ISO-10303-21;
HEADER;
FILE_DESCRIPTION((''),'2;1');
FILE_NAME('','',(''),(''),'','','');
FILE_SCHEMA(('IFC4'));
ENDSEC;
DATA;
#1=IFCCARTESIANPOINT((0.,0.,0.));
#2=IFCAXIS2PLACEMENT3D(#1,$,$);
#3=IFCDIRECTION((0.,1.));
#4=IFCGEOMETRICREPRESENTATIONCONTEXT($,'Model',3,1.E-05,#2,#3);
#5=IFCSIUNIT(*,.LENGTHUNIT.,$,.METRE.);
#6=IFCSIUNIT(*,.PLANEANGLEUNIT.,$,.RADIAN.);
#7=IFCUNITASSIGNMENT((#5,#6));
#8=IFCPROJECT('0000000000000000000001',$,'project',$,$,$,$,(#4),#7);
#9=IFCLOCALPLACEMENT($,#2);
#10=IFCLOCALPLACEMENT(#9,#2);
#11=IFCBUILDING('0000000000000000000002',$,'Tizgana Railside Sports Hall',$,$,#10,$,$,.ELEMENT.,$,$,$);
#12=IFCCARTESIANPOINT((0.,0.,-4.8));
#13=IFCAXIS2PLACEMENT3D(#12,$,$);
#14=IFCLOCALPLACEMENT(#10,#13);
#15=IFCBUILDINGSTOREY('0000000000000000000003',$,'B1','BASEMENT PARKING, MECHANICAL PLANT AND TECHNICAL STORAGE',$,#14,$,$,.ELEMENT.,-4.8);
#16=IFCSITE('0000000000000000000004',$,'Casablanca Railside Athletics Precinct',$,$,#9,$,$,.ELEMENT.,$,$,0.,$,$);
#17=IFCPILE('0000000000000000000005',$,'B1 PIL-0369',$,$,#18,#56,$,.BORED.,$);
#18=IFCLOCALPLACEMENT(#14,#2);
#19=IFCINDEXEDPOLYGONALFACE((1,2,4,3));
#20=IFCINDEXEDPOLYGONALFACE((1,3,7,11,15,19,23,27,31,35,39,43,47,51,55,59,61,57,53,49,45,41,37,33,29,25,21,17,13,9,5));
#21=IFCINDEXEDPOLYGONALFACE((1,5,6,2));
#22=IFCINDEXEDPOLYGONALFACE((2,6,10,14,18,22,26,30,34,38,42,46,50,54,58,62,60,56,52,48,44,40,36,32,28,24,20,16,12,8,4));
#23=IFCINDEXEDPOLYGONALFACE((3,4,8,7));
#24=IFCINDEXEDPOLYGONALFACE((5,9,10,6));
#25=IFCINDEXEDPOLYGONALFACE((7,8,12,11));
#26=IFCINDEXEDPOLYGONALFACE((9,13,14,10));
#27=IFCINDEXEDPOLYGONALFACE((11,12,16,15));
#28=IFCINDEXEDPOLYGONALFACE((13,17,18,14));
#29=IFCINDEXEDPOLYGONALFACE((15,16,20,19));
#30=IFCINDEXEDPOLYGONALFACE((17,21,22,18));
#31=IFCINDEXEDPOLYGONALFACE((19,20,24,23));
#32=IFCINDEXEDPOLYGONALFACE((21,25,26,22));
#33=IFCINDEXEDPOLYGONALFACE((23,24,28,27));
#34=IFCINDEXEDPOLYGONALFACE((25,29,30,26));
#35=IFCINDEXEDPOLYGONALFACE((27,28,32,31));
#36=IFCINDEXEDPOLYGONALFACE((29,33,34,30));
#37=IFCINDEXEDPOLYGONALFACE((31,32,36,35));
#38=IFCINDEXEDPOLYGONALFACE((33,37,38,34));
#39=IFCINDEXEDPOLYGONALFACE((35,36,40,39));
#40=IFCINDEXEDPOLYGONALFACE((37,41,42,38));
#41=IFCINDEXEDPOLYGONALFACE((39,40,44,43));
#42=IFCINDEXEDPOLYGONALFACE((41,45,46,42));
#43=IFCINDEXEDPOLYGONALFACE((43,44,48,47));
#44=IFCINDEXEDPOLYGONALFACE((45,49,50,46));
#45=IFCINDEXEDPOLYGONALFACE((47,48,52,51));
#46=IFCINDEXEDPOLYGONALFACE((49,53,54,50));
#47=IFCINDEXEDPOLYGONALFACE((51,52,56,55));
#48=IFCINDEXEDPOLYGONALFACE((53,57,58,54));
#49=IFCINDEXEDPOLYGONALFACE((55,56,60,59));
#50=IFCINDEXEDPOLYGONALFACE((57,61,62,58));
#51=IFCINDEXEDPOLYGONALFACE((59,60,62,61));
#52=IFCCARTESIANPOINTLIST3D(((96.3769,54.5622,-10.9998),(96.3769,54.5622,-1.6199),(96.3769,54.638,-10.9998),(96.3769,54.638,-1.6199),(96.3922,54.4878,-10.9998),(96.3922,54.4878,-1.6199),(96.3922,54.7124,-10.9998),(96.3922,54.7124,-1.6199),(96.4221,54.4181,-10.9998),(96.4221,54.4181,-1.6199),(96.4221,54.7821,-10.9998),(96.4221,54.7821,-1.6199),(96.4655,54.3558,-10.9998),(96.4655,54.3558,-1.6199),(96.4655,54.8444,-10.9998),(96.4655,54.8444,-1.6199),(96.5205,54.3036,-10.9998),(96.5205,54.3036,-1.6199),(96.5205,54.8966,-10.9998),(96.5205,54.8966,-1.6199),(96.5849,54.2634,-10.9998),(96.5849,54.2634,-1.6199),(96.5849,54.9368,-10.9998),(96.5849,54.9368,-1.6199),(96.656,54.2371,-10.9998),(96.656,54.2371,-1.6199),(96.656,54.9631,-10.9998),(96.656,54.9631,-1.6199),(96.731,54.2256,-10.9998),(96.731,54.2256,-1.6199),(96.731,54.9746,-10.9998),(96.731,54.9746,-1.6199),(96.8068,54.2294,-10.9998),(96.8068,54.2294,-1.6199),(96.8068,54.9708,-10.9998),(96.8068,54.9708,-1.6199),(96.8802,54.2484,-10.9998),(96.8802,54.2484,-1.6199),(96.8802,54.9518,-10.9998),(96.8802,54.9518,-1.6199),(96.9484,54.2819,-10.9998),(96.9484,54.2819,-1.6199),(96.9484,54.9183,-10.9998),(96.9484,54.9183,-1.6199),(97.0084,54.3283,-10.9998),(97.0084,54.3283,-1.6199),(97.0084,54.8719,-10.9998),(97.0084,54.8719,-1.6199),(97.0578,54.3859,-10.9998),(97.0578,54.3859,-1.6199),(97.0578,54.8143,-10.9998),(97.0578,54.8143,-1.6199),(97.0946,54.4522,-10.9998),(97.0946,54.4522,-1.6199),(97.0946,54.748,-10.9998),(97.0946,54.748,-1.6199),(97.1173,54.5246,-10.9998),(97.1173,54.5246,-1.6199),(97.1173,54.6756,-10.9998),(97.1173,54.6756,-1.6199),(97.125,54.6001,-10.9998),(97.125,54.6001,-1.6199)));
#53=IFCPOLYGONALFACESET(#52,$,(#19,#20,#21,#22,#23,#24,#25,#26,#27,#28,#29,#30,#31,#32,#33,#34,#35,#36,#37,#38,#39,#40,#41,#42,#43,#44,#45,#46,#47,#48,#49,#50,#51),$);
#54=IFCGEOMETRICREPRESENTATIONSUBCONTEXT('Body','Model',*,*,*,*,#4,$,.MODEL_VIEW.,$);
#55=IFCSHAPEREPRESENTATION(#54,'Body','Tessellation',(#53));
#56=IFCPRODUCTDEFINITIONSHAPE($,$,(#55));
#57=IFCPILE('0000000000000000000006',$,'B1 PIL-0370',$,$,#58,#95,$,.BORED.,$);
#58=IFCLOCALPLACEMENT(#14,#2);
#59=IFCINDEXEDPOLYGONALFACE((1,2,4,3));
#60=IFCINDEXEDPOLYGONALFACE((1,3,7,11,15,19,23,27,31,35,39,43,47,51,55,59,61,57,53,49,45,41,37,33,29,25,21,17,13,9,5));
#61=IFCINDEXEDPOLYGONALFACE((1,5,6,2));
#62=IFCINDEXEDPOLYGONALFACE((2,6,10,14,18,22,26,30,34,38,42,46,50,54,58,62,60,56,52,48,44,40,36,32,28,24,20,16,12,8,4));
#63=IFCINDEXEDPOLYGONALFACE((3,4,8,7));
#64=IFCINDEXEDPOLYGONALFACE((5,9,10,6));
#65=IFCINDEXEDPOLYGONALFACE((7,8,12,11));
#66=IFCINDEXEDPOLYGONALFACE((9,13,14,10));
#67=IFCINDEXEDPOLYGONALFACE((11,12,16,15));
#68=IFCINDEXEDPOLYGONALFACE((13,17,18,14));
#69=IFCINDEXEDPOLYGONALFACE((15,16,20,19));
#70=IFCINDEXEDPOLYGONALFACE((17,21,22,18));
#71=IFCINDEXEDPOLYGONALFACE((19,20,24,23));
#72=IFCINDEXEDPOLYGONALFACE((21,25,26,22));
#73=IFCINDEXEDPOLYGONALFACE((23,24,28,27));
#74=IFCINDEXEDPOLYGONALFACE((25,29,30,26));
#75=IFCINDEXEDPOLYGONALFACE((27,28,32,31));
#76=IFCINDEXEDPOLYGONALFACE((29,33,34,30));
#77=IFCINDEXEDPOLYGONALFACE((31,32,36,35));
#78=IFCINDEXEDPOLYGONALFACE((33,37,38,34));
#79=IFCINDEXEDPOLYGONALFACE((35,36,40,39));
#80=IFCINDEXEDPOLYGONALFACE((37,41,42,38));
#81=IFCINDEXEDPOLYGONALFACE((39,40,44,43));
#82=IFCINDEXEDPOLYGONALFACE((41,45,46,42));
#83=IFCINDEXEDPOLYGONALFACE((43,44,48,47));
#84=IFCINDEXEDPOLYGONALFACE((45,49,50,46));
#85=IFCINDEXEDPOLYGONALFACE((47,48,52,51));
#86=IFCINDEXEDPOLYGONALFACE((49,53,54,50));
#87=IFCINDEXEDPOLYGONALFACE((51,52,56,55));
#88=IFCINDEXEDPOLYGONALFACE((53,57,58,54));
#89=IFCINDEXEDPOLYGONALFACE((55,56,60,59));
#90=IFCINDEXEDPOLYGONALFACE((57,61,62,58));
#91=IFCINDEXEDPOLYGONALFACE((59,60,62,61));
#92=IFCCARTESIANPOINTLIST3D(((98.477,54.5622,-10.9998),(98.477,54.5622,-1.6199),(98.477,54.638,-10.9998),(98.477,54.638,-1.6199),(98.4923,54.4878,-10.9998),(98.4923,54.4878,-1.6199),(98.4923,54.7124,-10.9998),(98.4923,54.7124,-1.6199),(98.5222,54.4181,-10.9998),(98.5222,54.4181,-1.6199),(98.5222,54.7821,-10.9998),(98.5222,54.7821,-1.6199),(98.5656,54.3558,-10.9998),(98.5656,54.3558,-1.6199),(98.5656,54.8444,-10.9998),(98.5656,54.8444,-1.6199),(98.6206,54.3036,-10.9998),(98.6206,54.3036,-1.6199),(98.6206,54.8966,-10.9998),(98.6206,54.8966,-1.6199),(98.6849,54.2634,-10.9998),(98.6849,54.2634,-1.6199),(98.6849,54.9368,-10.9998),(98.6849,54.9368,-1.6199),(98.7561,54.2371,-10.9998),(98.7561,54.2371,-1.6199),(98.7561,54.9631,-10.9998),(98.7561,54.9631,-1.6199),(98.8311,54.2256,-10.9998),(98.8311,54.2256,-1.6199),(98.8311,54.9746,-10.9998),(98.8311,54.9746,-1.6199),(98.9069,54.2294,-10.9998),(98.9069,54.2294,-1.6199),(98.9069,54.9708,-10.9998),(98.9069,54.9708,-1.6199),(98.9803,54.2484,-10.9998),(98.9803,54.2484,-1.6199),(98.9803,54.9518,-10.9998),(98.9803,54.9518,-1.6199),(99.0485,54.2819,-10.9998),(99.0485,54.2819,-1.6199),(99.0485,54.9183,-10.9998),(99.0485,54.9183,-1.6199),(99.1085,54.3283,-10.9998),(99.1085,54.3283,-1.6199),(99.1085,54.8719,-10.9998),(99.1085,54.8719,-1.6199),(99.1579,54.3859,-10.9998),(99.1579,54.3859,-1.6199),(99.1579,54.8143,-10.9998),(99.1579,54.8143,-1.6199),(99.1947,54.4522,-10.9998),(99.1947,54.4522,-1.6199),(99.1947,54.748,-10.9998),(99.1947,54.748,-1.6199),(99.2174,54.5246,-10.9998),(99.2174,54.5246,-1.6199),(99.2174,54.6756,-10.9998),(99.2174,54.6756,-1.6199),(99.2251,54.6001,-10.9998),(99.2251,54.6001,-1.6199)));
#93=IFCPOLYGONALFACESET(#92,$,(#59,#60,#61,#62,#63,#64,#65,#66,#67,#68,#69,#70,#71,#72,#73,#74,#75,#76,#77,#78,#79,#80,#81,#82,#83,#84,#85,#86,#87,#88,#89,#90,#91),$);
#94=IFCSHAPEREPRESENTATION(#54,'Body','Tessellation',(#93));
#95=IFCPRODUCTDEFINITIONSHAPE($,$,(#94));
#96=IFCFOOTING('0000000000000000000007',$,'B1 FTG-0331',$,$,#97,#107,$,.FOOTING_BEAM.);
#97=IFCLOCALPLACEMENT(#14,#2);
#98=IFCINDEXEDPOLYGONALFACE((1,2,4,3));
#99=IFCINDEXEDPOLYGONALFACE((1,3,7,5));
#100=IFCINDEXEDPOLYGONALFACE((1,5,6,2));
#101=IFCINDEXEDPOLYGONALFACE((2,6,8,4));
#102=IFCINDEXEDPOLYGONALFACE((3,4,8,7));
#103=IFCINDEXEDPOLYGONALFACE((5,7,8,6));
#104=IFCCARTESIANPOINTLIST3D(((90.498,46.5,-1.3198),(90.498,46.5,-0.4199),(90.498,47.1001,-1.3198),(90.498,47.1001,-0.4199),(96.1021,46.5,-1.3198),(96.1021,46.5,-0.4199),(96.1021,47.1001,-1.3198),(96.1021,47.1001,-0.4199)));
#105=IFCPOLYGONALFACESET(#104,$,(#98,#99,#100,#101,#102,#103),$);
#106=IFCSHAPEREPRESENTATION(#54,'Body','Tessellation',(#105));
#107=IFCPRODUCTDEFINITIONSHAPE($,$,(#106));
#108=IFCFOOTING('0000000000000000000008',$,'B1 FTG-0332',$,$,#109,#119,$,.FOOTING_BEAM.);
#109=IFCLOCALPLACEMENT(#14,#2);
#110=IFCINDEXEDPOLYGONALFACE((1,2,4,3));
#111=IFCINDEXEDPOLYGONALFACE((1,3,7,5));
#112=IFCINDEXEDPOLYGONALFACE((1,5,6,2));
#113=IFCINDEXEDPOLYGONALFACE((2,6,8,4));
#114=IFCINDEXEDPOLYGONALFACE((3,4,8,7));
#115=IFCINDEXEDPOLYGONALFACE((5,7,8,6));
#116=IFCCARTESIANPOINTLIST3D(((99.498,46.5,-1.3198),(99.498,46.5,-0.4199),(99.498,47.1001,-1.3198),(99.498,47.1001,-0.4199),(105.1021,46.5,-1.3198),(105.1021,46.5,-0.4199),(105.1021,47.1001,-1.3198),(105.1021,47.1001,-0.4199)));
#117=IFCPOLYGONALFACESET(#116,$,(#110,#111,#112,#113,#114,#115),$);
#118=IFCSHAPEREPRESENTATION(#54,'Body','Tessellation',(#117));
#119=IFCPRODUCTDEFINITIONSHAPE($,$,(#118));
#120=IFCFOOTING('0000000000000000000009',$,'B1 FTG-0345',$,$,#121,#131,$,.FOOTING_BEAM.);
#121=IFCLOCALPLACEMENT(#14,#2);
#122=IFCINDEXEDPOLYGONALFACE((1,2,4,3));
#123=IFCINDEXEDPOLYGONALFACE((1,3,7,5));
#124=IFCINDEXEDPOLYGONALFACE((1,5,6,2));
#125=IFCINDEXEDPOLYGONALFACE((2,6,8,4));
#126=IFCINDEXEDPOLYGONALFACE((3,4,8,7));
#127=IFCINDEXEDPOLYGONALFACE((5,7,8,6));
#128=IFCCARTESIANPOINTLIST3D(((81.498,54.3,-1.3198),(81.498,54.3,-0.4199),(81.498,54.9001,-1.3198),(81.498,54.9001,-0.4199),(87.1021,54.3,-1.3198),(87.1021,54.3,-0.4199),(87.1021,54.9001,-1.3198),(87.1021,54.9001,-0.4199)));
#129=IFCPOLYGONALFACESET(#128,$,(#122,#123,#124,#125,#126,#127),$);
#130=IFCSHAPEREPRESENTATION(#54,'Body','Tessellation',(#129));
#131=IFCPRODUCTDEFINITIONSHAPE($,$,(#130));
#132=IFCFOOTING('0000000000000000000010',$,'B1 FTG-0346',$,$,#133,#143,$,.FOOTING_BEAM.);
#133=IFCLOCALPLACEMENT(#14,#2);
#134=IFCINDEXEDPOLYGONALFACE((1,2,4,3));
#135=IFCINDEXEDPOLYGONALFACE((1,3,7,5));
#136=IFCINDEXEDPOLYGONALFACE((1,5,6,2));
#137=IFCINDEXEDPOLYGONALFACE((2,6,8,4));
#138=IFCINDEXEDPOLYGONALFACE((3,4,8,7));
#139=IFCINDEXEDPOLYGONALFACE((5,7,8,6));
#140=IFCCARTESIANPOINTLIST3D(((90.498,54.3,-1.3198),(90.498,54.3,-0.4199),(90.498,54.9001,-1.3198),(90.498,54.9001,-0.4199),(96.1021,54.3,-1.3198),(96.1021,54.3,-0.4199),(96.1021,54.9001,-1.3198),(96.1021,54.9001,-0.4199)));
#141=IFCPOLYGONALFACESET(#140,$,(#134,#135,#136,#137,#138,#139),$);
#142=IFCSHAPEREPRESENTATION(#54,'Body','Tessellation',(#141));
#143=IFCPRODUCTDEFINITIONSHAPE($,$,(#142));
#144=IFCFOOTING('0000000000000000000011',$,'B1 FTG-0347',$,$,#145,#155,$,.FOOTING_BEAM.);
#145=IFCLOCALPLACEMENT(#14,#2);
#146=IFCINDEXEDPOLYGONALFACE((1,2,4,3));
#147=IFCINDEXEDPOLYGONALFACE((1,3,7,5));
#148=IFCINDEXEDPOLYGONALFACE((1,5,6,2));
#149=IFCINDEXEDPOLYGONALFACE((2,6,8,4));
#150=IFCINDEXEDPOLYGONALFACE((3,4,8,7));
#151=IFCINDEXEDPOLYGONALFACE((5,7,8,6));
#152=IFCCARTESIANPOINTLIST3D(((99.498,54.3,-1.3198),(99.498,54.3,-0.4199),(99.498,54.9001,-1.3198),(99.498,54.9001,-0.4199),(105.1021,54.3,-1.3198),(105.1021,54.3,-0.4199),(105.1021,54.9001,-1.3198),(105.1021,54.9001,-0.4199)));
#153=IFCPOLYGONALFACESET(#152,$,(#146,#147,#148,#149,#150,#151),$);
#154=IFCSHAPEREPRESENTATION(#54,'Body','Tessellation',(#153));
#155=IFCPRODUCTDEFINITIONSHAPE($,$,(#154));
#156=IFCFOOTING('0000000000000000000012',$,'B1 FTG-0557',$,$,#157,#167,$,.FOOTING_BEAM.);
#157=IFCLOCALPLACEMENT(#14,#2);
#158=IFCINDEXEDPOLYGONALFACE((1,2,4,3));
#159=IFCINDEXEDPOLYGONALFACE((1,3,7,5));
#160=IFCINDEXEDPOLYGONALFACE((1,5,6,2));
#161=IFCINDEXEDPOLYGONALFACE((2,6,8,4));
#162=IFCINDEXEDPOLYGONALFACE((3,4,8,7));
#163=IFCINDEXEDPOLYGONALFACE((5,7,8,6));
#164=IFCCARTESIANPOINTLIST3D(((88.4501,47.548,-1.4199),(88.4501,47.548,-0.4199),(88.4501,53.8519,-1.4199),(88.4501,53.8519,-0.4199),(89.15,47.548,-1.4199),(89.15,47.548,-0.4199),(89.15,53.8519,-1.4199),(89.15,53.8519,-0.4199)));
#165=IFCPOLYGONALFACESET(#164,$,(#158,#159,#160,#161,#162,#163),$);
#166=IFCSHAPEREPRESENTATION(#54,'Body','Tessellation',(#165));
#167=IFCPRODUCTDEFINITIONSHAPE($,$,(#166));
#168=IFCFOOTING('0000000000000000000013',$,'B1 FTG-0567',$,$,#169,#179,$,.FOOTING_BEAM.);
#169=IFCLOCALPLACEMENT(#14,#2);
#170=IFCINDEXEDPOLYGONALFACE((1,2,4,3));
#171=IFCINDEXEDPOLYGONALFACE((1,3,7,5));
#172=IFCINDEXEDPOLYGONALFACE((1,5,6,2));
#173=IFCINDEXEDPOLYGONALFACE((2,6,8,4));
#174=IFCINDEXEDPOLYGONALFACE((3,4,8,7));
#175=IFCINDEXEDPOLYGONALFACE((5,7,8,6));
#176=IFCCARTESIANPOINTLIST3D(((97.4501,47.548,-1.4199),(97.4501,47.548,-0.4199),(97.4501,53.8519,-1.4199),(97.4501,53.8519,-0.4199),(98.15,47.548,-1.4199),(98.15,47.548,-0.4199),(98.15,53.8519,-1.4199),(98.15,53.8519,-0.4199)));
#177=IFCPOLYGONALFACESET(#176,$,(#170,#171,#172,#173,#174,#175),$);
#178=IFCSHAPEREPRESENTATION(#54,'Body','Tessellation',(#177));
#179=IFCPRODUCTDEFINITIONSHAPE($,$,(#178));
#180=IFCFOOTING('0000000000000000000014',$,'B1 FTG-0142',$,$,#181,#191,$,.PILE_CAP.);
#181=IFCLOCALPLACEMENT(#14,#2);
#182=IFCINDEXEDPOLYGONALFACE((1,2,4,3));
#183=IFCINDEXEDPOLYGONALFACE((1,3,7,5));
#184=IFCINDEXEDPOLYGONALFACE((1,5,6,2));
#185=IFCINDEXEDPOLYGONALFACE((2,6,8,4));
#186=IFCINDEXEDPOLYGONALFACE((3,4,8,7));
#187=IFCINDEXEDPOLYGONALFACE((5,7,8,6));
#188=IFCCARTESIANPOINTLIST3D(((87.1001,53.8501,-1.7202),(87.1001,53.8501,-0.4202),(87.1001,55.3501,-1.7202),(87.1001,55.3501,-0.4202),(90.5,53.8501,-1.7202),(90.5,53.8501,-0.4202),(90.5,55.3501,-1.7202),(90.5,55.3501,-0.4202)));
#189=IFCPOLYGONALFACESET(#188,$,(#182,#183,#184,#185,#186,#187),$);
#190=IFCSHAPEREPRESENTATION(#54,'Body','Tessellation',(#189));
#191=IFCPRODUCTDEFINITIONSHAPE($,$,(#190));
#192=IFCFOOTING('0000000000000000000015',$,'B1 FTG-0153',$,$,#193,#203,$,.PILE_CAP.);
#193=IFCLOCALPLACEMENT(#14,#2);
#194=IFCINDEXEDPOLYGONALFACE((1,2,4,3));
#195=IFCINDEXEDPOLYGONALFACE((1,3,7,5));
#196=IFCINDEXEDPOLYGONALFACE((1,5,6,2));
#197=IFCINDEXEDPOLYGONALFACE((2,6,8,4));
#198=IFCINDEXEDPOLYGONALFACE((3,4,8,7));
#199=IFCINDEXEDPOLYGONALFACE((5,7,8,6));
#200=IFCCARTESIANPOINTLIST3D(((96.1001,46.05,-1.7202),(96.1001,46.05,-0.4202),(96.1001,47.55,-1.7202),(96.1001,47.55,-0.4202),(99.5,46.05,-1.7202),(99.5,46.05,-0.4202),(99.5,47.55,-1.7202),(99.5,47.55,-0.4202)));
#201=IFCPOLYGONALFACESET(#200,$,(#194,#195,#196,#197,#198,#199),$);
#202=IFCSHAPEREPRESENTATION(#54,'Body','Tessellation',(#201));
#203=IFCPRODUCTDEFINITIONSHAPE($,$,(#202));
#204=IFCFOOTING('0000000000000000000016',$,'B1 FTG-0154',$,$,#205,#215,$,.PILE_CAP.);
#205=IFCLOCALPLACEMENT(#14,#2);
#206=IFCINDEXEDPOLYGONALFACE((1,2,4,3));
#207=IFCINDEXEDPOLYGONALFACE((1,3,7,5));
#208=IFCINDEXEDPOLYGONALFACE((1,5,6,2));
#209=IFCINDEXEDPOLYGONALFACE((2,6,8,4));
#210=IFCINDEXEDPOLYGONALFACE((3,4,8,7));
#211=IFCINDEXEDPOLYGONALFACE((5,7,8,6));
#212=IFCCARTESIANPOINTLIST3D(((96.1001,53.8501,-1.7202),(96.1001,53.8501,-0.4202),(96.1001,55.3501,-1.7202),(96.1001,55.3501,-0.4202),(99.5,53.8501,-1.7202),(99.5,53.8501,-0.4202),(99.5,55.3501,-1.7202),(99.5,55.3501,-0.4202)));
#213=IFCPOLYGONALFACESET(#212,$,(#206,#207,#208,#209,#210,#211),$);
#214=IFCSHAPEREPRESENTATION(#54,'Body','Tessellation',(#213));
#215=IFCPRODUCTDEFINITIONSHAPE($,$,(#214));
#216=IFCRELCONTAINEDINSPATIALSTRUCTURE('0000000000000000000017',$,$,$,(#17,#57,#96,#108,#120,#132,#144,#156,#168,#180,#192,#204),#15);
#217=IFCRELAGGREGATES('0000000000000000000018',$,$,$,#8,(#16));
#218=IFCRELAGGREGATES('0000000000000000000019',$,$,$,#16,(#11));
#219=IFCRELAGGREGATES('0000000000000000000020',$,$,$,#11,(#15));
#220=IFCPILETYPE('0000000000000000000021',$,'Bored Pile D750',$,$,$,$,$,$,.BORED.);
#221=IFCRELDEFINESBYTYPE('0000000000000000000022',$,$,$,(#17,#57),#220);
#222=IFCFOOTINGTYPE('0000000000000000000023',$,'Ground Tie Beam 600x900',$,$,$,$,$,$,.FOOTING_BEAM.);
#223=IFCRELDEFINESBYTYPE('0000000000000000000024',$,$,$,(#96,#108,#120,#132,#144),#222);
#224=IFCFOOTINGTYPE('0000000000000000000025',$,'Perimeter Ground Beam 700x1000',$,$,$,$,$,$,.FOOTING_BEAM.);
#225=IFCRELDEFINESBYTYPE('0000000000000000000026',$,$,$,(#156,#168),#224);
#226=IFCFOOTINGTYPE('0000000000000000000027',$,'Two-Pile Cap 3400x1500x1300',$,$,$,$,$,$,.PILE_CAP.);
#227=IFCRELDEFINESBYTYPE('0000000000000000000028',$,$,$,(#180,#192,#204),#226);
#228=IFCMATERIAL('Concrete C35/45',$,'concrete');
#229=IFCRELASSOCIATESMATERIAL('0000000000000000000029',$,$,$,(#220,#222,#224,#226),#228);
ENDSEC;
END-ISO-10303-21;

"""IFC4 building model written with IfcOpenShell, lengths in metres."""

from ifc_helpers import new_model, si_unit, direction, frame, origin, origin_2d, place, context, subcontext, project, spatial, rectangle, circle, extrude, material, material_profile, profile_set, type_object, element, save


model = new_model("IFC4")

# Units and contexts
model_context = context("Model", 3, precision=1e-05, world=origin(), true_north=direction((0.0, 1.0)))
body_context = subcontext(model_context, "Body", "Model", "MODEL_VIEW")
ifc_project = project(units=[si_unit("LENGTHUNIT", "METRE"), si_unit("PLANEANGLEUNIT", "RADIAN")], contexts=[model_context])

# Site, building, storey
site_placement = place(None, origin())
site = spatial("IfcSite", under=ifc_project, at=site_placement, Name="Casablanca Railside Athletics Precinct", CompositionType="ELEMENT", RefElevation=0.0)
building_placement = place(site_placement, origin())
building = spatial("IfcBuilding", under=site, at=building_placement, Name="Tizgana Railside Sports Hall", CompositionType="ELEMENT")
storey_placement = place(building_placement, frame((0.0, 0.0, -4.8)))
storey = spatial("IfcBuildingStorey", under=building, at=storey_placement, Name="B1", Description="BASEMENT PARKING, MECHANICAL PLANT AND TECHNICAL STORAGE", CompositionType="ELEMENT", Elevation=-4.8)

# Piles
ifc_material_1 = material(Name="Concrete C35/45", Category="concrete")
ifc_material_profile_1 = material_profile(ifc_material_1, circle(Radius=0.375, at=origin_2d()), Name="PILE D750")
ifc_profile_set_1 = profile_set([ifc_material_profile_1], Name="Concrete C35/45")
pile_type = type_object("IfcPileType", Name="Bored Pile D750", PredefinedType="BORED", material=ifc_profile_set_1)
for number, where, z_axis, x_axis, name in (
    (1, (96.75, 54.6001, -1.6199), (0.0, 0.0, -1.0), (1.0, 0.0, 0.0), "B1 PIL-0369"),
    (2, (98.8501, 54.6001, -1.6199), (0.0, 0.0, -1.0), (1.0, 0.0, 0.0), "B1 PIL-0370"),
):
    element("IfcPile", number, at=place(storey_placement, frame(where, z_axis=z_axis, x_axis=x_axis)), inside=storey, type_object=pile_type, Name=name, PredefinedType="BORED", context=body_context, shape_type="SweptSolid", body=[
        extrude(circle(Radius=0.375, at=origin_2d()), origin(), (0.0, 0.0, 1.0), 9.3799),
    ])

# Footings
footing_type_1 = type_object("IfcFootingType", Name="Ground Tie Beam 600x900", PredefinedType="FOOTING_BEAM", material=ifc_material_1)
for number, where, z_axis, x_axis, name in (
    (3, (93.3, 46.8, -1.3198), (0.0, 0.0, 1.0), (1.0, 0.0, 0.0), "B1 FTG-0331"),
    (4, (102.3, 46.8, -1.3198), (0.0, 0.0, 1.0), (1.0, 0.0, 0.0), "B1 FTG-0332"),
    (5, (84.3, 54.6001, -1.3198), (0.0, 0.0, 1.0), (1.0, 0.0, 0.0), "B1 FTG-0345"),
    (6, (93.3, 54.6001, -1.3198), (0.0, 0.0, 1.0), (1.0, 0.0, 0.0), "B1 FTG-0346"),
    (7, (102.3, 54.6001, -1.3198), (0.0, 0.0, 1.0), (1.0, 0.0, 0.0), "B1 FTG-0347"),
):
    element("IfcFooting", number, at=place(storey_placement, frame(where, z_axis=z_axis, x_axis=x_axis)), inside=storey, type_object=footing_type_1, Name=name, PredefinedType="FOOTING_BEAM", context=body_context, shape_type="SweptSolid", body=[
        extrude(rectangle(XDim=5.604, YDim=0.6001, at=origin_2d()), origin(), (0.0, 0.0, 1.0), 0.8999),
    ])
footing_type_2 = type_object("IfcFootingType", Name="Perimeter Ground Beam 700x1000", PredefinedType="FOOTING_BEAM", material=ifc_material_1)
for number, where, z_axis, x_axis, name in (
    (8, (88.8, 50.7, -1.4199), (0.0, 0.0, 1.0), (0.0, 1.0, 0.0), "B1 FTG-0557"),
    (9, (97.8, 50.7, -1.4199), (0.0, 0.0, 1.0), (0.0, 1.0, 0.0), "B1 FTG-0567"),
):
    element("IfcFooting", number, at=place(storey_placement, frame(where, z_axis=z_axis, x_axis=x_axis)), inside=storey, type_object=footing_type_2, Name=name, PredefinedType="FOOTING_BEAM", context=body_context, shape_type="SweptSolid", body=[
        extrude(rectangle(XDim=6.304, YDim=0.7, at=origin_2d()), origin(), (0.0, 0.0, 1.0), 1.0),
    ])
footing_type_3 = type_object("IfcFootingType", Name="Two-Pile Cap 3400x1500x1300", PredefinedType="PILE_CAP", material=ifc_material_1)
for number, where, z_axis, x_axis, name in (
    (10, (88.8, 54.6001, -1.7202), (0.0, 0.0, 1.0), (1.0, 0.0, 0.0), "B1 FTG-0142"),
    (11, (97.8, 46.8, -1.7202), (0.0, 0.0, 1.0), (1.0, 0.0, 0.0), "B1 FTG-0153"),
    (12, (97.8, 54.6001, -1.7202), (0.0, 0.0, 1.0), (1.0, 0.0, 0.0), "B1 FTG-0154"),
):
    element("IfcFooting", number, at=place(storey_placement, frame(where, z_axis=z_axis, x_axis=x_axis)), inside=storey, type_object=footing_type_3, Name=name, PredefinedType="PILE_CAP", context=body_context, shape_type="SweptSolid", body=[
        extrude(rectangle(XDim=3.3999, YDim=1.5, at=origin_2d()), origin(), (0.0, 0.0, 1.0), 1.3),
    ])

save(model, "model.ifc")
